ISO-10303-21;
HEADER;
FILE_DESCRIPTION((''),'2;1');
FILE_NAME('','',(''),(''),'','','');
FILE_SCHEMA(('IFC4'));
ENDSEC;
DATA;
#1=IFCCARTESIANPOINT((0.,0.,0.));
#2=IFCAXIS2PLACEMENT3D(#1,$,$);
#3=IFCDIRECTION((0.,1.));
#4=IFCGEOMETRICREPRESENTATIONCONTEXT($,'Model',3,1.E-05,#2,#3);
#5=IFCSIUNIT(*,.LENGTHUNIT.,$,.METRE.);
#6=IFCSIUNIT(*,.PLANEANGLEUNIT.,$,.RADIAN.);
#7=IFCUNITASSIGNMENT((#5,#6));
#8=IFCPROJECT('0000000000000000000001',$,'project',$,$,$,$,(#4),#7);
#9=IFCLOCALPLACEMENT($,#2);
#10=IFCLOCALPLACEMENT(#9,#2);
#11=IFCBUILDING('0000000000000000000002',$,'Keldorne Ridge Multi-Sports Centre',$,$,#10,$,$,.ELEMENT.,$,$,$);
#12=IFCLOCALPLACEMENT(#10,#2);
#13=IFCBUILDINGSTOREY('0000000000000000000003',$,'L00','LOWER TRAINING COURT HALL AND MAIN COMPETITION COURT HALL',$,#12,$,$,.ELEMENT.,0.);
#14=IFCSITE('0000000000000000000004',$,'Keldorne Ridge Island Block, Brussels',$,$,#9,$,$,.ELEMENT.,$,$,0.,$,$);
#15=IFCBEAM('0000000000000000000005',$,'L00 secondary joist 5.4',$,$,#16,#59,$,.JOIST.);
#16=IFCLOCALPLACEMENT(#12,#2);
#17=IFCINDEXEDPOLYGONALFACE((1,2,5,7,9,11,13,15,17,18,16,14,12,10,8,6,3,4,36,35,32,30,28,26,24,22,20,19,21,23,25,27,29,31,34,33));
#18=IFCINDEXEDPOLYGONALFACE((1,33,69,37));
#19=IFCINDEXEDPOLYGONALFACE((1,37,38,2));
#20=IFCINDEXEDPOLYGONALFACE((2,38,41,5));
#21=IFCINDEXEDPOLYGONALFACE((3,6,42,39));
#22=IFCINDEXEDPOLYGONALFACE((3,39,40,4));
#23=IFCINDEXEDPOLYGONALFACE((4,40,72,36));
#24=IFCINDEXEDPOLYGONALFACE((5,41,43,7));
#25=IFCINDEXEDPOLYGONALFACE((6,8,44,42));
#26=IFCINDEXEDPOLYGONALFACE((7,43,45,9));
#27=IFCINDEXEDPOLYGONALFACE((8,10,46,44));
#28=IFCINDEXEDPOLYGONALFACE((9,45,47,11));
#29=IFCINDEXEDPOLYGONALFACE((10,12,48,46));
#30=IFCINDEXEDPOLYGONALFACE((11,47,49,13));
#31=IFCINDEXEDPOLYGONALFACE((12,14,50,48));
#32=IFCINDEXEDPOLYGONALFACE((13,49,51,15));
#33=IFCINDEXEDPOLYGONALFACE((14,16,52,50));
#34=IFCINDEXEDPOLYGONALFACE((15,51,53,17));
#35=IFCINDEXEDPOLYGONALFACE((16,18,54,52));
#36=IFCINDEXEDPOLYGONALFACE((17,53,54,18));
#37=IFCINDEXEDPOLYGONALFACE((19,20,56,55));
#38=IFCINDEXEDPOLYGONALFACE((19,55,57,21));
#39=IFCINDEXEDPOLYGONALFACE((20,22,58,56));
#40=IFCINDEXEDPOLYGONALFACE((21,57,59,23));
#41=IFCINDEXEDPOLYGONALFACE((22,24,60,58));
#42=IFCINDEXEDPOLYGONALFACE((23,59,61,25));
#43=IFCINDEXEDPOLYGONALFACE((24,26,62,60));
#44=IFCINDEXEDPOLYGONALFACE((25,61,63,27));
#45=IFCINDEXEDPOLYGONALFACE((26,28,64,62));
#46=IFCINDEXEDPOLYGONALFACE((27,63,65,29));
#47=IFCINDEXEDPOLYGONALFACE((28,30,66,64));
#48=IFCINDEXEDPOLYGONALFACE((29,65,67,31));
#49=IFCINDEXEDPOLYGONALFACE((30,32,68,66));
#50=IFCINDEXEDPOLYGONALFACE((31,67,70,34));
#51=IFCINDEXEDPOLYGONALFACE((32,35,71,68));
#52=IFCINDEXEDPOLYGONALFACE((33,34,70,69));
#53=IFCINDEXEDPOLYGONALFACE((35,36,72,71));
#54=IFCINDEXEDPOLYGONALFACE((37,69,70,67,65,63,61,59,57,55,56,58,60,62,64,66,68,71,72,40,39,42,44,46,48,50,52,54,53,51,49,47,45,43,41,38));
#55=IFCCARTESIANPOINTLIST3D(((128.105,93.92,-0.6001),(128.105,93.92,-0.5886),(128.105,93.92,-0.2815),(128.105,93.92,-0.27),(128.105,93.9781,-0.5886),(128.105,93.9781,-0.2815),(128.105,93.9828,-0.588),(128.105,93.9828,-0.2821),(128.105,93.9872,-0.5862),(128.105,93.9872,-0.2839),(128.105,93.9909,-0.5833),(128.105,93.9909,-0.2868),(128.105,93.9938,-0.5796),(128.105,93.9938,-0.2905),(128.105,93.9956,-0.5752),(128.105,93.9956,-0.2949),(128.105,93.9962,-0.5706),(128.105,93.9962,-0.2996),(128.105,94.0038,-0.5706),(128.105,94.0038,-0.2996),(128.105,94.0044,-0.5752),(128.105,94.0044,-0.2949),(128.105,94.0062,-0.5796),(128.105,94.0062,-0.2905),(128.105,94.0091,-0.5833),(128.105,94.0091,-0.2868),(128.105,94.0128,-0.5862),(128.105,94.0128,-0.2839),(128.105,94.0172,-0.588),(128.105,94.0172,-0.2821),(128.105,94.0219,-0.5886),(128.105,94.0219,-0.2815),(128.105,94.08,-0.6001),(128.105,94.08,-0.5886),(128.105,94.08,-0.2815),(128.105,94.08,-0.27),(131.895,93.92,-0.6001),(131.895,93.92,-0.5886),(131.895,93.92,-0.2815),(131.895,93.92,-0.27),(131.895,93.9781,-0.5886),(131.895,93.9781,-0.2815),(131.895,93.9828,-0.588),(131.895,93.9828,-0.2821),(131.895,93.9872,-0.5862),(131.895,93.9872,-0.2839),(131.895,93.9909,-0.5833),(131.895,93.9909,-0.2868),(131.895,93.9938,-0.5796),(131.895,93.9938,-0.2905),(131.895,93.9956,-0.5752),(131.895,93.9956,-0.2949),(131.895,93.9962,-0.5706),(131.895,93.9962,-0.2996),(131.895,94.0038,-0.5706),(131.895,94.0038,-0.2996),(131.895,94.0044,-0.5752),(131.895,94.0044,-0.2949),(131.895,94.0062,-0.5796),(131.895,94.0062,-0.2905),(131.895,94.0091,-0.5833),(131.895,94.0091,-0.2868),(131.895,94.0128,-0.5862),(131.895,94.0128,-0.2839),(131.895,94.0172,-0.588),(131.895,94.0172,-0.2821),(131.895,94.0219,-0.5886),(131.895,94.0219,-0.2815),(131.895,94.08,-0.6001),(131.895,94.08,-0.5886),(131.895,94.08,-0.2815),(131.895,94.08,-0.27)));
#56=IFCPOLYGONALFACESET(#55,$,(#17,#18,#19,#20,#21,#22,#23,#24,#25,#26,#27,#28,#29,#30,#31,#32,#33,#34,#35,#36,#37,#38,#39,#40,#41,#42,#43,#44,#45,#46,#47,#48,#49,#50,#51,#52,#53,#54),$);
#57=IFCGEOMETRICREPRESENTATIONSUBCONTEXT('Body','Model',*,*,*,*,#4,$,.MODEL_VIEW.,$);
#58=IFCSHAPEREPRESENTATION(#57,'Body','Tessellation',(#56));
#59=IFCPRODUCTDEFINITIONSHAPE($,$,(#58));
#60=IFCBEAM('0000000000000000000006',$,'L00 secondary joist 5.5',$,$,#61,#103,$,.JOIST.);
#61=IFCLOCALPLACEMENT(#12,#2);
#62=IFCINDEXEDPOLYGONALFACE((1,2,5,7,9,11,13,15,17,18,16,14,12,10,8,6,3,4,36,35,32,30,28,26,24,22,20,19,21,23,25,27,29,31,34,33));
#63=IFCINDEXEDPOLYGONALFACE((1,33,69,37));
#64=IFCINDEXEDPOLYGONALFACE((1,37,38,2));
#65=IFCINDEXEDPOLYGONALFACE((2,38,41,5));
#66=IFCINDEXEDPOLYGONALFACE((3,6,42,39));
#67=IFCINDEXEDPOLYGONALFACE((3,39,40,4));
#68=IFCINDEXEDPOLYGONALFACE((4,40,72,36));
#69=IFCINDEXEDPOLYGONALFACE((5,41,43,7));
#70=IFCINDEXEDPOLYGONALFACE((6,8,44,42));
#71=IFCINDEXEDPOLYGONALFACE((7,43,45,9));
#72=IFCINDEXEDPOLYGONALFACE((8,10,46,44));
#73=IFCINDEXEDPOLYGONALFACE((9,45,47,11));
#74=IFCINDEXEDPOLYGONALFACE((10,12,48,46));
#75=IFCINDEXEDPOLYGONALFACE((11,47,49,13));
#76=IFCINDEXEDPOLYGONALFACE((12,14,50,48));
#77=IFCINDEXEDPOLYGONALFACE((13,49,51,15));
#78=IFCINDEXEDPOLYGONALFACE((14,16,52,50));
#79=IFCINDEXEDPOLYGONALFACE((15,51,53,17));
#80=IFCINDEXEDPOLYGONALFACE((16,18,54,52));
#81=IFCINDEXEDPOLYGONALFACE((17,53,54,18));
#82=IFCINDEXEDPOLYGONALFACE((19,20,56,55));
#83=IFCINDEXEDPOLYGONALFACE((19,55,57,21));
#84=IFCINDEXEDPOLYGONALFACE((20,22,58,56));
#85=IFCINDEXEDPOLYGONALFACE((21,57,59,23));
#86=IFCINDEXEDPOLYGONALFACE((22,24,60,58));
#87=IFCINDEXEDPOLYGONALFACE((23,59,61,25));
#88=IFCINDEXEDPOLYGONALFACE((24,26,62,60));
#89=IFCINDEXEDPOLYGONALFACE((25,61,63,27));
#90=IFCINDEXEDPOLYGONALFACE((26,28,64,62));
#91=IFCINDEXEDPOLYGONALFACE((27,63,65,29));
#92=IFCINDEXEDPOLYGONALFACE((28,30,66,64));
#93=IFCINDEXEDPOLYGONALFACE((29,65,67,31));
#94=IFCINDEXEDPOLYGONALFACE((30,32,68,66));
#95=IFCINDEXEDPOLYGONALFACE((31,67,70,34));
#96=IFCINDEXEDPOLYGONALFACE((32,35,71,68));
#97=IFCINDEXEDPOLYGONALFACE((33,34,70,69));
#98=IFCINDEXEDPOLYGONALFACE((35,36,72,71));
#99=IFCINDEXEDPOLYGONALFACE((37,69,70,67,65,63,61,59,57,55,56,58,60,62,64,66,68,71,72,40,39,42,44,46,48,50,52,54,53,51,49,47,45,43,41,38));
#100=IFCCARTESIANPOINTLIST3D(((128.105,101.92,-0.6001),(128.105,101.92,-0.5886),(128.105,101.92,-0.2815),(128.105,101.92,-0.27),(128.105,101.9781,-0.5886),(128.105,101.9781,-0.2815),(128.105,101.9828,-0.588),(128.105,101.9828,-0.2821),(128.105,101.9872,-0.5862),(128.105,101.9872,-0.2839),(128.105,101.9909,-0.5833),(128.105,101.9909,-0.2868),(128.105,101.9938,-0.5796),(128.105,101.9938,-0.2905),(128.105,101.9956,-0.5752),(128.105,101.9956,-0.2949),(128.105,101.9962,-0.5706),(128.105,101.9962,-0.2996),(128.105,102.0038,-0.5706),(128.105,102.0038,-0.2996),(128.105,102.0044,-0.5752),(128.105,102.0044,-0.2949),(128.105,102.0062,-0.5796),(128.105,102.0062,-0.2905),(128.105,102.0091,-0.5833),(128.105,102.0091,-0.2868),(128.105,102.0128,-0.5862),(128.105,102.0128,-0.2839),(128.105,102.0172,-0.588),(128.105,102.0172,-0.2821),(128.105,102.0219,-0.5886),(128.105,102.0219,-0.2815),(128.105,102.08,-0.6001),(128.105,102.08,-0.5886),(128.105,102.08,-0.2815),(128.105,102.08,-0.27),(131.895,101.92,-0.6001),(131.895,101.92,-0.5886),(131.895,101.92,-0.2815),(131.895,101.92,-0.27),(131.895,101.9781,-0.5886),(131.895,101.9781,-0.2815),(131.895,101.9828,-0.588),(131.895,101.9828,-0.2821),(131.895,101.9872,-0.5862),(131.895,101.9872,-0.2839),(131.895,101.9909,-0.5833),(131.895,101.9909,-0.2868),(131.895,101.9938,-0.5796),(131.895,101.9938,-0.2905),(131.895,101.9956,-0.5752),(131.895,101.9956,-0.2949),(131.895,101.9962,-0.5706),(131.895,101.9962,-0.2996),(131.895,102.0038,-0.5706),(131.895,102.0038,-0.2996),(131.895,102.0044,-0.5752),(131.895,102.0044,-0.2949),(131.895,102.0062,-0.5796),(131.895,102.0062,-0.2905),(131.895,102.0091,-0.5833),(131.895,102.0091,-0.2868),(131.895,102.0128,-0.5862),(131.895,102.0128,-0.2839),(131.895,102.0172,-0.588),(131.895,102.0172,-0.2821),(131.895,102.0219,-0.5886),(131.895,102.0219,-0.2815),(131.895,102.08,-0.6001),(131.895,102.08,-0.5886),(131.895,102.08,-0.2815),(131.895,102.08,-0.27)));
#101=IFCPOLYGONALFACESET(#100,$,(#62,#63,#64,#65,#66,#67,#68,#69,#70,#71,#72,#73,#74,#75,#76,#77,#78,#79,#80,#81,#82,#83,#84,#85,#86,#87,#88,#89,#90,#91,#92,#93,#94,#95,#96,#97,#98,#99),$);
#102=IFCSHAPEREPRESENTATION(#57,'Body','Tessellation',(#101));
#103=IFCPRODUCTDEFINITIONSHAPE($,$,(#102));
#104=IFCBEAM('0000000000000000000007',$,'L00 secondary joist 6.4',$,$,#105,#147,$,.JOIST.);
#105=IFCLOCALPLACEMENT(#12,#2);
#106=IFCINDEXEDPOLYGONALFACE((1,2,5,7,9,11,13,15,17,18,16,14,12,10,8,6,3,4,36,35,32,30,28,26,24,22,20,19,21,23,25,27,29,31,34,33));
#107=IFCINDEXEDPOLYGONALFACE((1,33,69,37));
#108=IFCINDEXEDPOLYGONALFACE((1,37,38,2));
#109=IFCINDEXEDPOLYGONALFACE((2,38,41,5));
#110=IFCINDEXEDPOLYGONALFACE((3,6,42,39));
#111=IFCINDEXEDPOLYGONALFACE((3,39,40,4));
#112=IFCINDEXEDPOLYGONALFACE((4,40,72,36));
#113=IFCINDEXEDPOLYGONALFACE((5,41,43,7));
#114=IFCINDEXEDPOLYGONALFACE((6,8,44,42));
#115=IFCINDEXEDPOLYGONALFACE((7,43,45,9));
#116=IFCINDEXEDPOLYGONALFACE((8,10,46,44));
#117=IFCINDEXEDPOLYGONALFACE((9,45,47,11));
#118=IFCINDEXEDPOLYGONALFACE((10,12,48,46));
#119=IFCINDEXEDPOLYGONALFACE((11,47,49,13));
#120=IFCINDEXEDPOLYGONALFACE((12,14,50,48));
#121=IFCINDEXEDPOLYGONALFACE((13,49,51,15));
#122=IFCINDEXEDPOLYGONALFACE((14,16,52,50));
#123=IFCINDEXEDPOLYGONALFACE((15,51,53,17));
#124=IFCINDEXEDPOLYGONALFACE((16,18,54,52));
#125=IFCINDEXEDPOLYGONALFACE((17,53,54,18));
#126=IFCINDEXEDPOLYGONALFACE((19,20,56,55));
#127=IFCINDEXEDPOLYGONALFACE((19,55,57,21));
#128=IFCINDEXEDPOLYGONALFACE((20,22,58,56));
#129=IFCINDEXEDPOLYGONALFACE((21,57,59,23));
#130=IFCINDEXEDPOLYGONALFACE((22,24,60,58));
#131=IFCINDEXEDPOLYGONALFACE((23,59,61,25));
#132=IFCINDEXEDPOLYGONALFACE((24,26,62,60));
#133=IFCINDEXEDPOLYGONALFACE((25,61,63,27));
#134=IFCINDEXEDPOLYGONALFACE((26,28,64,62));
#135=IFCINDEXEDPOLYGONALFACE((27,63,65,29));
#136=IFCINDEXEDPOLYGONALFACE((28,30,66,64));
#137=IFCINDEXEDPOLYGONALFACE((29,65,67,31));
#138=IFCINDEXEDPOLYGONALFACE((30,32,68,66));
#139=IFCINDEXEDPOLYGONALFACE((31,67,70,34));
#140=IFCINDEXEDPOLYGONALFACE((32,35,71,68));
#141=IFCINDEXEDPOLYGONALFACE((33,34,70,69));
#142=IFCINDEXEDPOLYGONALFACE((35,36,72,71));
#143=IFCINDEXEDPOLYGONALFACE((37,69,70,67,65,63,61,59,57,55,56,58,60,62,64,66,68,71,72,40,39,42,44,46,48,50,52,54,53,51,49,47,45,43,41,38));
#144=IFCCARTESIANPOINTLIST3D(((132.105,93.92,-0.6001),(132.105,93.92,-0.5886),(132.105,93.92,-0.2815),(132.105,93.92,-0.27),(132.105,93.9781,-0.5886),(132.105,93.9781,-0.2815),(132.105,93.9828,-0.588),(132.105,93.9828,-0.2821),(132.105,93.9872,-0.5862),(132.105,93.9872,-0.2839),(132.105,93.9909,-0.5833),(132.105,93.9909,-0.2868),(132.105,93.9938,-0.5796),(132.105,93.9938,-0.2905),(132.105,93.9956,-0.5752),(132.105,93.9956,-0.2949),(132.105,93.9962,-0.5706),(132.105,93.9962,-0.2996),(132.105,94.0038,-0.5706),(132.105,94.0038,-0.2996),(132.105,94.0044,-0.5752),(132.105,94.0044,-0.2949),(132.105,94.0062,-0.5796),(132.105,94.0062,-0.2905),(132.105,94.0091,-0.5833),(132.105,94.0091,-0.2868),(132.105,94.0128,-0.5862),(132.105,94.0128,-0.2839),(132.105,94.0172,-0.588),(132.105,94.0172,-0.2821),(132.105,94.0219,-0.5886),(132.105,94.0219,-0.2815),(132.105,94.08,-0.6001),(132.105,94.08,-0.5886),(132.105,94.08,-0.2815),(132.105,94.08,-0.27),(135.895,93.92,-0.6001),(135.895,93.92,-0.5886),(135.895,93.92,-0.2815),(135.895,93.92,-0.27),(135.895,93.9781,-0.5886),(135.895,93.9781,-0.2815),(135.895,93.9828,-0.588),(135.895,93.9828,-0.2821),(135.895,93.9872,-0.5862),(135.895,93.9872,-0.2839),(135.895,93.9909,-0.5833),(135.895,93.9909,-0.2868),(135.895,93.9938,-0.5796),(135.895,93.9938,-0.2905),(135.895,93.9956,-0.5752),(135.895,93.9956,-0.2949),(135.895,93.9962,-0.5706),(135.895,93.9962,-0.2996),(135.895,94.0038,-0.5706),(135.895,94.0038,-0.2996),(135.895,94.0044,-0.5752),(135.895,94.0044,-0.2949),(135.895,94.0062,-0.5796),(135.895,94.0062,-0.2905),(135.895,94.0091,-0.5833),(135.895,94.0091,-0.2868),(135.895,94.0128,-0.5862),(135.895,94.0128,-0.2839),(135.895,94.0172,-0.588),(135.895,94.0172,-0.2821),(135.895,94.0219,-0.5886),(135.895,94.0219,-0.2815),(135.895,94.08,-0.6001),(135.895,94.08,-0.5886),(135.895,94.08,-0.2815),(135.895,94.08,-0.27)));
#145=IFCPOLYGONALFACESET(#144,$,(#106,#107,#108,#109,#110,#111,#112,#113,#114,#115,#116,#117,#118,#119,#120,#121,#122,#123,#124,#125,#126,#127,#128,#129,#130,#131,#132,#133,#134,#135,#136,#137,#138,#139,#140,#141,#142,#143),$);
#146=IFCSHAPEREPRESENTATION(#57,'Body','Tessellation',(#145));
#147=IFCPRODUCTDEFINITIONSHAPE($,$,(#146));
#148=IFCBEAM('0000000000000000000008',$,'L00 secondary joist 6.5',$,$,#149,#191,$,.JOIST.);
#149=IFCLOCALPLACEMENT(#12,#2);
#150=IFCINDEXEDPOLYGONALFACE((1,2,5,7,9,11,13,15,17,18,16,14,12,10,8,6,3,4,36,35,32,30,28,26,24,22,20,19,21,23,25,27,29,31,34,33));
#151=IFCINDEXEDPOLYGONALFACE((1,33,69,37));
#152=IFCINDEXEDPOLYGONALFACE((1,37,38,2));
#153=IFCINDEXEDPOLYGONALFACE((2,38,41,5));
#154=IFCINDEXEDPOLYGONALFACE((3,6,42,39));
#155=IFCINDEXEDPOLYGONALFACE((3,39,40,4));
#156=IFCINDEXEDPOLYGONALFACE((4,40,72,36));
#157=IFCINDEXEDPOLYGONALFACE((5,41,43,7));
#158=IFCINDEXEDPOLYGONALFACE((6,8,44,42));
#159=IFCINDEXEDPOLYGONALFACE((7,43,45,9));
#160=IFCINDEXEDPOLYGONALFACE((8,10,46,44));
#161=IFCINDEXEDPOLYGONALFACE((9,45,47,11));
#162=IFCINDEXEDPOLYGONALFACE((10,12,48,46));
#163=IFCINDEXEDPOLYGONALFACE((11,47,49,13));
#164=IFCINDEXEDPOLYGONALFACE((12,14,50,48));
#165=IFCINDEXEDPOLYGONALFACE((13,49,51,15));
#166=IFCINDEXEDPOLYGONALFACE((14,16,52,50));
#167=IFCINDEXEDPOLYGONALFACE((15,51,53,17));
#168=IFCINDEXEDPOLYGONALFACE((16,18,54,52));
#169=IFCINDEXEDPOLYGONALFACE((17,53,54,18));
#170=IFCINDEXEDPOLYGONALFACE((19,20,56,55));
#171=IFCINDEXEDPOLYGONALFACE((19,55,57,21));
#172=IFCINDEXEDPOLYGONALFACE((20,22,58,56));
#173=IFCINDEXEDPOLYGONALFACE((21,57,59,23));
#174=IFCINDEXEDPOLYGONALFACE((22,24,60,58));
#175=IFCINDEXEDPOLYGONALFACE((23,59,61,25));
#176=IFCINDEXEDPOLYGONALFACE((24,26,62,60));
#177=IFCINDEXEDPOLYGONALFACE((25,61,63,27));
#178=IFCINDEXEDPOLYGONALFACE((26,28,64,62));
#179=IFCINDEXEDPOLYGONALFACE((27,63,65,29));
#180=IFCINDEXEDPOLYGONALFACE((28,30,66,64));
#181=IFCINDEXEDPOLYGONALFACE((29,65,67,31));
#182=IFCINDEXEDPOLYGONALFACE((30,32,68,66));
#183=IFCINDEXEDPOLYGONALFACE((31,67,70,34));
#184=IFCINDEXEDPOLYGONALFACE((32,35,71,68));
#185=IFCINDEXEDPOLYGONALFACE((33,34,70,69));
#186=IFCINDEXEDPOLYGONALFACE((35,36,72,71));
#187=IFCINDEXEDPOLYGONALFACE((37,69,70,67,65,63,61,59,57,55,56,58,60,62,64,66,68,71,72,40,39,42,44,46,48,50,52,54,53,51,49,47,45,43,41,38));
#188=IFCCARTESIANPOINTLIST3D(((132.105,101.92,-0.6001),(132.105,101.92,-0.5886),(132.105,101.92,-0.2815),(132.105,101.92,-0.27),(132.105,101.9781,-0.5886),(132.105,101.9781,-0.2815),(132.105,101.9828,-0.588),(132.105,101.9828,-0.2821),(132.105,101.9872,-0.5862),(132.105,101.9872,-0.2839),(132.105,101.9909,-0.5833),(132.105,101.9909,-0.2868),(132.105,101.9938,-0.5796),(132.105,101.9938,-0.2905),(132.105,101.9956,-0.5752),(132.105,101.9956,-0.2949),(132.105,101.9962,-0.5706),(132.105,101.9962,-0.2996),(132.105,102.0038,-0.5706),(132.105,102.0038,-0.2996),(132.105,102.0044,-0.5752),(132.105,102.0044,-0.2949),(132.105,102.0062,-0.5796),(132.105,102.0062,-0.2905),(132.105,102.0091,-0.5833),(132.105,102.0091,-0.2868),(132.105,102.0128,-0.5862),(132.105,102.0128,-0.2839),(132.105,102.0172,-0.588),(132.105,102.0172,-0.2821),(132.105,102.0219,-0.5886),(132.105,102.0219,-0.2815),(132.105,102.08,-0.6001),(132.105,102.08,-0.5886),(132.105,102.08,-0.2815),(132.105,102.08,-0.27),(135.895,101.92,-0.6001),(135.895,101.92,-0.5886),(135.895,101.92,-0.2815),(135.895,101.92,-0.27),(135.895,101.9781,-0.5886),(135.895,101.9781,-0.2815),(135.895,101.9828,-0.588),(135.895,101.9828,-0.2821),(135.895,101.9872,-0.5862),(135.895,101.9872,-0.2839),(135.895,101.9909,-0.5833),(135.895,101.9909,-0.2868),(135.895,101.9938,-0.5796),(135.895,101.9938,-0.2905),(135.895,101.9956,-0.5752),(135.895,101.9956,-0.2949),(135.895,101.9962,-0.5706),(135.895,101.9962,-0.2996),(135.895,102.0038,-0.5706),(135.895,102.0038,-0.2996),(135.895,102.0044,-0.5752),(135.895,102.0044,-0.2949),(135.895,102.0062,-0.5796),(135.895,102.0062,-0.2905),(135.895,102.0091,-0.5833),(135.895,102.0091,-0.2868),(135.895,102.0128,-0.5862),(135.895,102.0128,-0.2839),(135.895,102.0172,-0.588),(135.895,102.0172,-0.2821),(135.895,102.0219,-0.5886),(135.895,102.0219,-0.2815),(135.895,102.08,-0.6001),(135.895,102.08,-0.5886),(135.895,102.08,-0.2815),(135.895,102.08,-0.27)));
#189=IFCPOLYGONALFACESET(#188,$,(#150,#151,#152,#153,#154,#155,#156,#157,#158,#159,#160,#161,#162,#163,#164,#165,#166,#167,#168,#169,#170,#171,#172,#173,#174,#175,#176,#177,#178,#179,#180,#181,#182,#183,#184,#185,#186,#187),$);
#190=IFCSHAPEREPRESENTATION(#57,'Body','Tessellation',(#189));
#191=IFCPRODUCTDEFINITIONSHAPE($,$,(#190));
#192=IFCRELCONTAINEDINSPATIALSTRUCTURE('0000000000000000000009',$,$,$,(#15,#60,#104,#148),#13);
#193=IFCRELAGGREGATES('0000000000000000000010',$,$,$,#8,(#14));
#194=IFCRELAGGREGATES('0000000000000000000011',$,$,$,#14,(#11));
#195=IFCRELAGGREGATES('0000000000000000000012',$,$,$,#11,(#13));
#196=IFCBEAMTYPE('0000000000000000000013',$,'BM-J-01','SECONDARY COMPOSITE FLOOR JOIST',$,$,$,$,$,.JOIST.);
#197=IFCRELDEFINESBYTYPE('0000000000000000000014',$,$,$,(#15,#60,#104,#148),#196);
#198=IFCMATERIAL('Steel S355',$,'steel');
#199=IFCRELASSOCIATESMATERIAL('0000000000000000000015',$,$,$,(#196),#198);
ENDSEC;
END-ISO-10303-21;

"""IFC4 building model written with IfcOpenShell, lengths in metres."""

from ifc_helpers import new_model, si_unit, direction, frame, origin, origin_2d, place, context, subcontext, project, spatial, i_section, extrude, material, material_profile, profile_set, type_object, element, save


model = new_model("IFC4")

# Units and contexts
model_context = context("Model", 3, precision=1e-05, world=origin(), true_north=direction((0.0, 1.0)))
body_context = subcontext(model_context, "Body", "Model", "MODEL_VIEW")
ifc_project = project(units=[si_unit("LENGTHUNIT", "METRE"), si_unit("PLANEANGLEUNIT", "RADIAN")], contexts=[model_context])

# Site, building, storey
site_placement = place(None, origin())
site = spatial("IfcSite", under=ifc_project, at=site_placement, Name="Keldorne Ridge Island Block, Brussels", CompositionType="ELEMENT", RefElevation=0.0)
building_placement = place(site_placement, origin())
building = spatial("IfcBuilding", under=site, at=building_placement, Name="Keldorne Ridge Multi-Sports Centre", CompositionType="ELEMENT")
storey_placement = place(building_placement, origin())
storey = spatial("IfcBuildingStorey", under=building, at=storey_placement, Name="L00", Description="LOWER TRAINING COURT HALL AND MAIN COMPETITION COURT HALL", CompositionType="ELEMENT", Elevation=0.0)

# Shared definitions
ifc_material_1 = material(Name="Steel S355", Category="steel")

# Beams
ifc_material_profile_1 = material_profile(ifc_material_1, i_section(OverallWidth=0.1599, OverallDepth=0.3301, WebThickness=0.0076, FlangeThickness=0.0115, FilletRadius=0.0181, at=origin_2d()), Name="IPE 330")
ifc_profile_set_1 = profile_set([ifc_material_profile_1], Name="Steel S355")
beam_type_1 = type_object("IfcBeamType", Name="BM-J-01", Description="SECONDARY COMPOSITE FLOOR JOIST", PredefinedType="JOIST", material=ifc_profile_set_1)
for number, where, z_axis, x_axis, name in (
    (1, (128.105, 94.0, -0.4351), (1.0, 0.0, 0.0), (0.0, 1.0, 0.0), "L00 secondary joist 5.4"),
    (2, (128.105, 102.0, -0.4351), (1.0, 0.0, 0.0), (0.0, 1.0, 0.0), "L00 secondary joist 5.5"),
    (3, (132.105, 94.0, -0.4351), (1.0, 0.0, 0.0), (0.0, 1.0, 0.0), "L00 secondary joist 6.4"),
    (4, (132.105, 102.0, -0.4351), (1.0, 0.0, 0.0), (0.0, 1.0, 0.0), "L00 secondary joist 6.5"),
):
    element("IfcBeam", number, at=place(storey_placement, frame(where, z_axis=z_axis, x_axis=x_axis)), inside=storey, type_object=beam_type_1, Name=name, PredefinedType="JOIST", context=body_context, shape_type="SweptSolid", body=[
        extrude(i_section(OverallWidth=0.1599, OverallDepth=0.3301, WebThickness=0.0076, FlangeThickness=0.0115, FilletRadius=0.0181, at=origin_2d()), origin(), (0.0, 0.0, 1.0), 3.79),
    ])

save(model, "model.ifc")
